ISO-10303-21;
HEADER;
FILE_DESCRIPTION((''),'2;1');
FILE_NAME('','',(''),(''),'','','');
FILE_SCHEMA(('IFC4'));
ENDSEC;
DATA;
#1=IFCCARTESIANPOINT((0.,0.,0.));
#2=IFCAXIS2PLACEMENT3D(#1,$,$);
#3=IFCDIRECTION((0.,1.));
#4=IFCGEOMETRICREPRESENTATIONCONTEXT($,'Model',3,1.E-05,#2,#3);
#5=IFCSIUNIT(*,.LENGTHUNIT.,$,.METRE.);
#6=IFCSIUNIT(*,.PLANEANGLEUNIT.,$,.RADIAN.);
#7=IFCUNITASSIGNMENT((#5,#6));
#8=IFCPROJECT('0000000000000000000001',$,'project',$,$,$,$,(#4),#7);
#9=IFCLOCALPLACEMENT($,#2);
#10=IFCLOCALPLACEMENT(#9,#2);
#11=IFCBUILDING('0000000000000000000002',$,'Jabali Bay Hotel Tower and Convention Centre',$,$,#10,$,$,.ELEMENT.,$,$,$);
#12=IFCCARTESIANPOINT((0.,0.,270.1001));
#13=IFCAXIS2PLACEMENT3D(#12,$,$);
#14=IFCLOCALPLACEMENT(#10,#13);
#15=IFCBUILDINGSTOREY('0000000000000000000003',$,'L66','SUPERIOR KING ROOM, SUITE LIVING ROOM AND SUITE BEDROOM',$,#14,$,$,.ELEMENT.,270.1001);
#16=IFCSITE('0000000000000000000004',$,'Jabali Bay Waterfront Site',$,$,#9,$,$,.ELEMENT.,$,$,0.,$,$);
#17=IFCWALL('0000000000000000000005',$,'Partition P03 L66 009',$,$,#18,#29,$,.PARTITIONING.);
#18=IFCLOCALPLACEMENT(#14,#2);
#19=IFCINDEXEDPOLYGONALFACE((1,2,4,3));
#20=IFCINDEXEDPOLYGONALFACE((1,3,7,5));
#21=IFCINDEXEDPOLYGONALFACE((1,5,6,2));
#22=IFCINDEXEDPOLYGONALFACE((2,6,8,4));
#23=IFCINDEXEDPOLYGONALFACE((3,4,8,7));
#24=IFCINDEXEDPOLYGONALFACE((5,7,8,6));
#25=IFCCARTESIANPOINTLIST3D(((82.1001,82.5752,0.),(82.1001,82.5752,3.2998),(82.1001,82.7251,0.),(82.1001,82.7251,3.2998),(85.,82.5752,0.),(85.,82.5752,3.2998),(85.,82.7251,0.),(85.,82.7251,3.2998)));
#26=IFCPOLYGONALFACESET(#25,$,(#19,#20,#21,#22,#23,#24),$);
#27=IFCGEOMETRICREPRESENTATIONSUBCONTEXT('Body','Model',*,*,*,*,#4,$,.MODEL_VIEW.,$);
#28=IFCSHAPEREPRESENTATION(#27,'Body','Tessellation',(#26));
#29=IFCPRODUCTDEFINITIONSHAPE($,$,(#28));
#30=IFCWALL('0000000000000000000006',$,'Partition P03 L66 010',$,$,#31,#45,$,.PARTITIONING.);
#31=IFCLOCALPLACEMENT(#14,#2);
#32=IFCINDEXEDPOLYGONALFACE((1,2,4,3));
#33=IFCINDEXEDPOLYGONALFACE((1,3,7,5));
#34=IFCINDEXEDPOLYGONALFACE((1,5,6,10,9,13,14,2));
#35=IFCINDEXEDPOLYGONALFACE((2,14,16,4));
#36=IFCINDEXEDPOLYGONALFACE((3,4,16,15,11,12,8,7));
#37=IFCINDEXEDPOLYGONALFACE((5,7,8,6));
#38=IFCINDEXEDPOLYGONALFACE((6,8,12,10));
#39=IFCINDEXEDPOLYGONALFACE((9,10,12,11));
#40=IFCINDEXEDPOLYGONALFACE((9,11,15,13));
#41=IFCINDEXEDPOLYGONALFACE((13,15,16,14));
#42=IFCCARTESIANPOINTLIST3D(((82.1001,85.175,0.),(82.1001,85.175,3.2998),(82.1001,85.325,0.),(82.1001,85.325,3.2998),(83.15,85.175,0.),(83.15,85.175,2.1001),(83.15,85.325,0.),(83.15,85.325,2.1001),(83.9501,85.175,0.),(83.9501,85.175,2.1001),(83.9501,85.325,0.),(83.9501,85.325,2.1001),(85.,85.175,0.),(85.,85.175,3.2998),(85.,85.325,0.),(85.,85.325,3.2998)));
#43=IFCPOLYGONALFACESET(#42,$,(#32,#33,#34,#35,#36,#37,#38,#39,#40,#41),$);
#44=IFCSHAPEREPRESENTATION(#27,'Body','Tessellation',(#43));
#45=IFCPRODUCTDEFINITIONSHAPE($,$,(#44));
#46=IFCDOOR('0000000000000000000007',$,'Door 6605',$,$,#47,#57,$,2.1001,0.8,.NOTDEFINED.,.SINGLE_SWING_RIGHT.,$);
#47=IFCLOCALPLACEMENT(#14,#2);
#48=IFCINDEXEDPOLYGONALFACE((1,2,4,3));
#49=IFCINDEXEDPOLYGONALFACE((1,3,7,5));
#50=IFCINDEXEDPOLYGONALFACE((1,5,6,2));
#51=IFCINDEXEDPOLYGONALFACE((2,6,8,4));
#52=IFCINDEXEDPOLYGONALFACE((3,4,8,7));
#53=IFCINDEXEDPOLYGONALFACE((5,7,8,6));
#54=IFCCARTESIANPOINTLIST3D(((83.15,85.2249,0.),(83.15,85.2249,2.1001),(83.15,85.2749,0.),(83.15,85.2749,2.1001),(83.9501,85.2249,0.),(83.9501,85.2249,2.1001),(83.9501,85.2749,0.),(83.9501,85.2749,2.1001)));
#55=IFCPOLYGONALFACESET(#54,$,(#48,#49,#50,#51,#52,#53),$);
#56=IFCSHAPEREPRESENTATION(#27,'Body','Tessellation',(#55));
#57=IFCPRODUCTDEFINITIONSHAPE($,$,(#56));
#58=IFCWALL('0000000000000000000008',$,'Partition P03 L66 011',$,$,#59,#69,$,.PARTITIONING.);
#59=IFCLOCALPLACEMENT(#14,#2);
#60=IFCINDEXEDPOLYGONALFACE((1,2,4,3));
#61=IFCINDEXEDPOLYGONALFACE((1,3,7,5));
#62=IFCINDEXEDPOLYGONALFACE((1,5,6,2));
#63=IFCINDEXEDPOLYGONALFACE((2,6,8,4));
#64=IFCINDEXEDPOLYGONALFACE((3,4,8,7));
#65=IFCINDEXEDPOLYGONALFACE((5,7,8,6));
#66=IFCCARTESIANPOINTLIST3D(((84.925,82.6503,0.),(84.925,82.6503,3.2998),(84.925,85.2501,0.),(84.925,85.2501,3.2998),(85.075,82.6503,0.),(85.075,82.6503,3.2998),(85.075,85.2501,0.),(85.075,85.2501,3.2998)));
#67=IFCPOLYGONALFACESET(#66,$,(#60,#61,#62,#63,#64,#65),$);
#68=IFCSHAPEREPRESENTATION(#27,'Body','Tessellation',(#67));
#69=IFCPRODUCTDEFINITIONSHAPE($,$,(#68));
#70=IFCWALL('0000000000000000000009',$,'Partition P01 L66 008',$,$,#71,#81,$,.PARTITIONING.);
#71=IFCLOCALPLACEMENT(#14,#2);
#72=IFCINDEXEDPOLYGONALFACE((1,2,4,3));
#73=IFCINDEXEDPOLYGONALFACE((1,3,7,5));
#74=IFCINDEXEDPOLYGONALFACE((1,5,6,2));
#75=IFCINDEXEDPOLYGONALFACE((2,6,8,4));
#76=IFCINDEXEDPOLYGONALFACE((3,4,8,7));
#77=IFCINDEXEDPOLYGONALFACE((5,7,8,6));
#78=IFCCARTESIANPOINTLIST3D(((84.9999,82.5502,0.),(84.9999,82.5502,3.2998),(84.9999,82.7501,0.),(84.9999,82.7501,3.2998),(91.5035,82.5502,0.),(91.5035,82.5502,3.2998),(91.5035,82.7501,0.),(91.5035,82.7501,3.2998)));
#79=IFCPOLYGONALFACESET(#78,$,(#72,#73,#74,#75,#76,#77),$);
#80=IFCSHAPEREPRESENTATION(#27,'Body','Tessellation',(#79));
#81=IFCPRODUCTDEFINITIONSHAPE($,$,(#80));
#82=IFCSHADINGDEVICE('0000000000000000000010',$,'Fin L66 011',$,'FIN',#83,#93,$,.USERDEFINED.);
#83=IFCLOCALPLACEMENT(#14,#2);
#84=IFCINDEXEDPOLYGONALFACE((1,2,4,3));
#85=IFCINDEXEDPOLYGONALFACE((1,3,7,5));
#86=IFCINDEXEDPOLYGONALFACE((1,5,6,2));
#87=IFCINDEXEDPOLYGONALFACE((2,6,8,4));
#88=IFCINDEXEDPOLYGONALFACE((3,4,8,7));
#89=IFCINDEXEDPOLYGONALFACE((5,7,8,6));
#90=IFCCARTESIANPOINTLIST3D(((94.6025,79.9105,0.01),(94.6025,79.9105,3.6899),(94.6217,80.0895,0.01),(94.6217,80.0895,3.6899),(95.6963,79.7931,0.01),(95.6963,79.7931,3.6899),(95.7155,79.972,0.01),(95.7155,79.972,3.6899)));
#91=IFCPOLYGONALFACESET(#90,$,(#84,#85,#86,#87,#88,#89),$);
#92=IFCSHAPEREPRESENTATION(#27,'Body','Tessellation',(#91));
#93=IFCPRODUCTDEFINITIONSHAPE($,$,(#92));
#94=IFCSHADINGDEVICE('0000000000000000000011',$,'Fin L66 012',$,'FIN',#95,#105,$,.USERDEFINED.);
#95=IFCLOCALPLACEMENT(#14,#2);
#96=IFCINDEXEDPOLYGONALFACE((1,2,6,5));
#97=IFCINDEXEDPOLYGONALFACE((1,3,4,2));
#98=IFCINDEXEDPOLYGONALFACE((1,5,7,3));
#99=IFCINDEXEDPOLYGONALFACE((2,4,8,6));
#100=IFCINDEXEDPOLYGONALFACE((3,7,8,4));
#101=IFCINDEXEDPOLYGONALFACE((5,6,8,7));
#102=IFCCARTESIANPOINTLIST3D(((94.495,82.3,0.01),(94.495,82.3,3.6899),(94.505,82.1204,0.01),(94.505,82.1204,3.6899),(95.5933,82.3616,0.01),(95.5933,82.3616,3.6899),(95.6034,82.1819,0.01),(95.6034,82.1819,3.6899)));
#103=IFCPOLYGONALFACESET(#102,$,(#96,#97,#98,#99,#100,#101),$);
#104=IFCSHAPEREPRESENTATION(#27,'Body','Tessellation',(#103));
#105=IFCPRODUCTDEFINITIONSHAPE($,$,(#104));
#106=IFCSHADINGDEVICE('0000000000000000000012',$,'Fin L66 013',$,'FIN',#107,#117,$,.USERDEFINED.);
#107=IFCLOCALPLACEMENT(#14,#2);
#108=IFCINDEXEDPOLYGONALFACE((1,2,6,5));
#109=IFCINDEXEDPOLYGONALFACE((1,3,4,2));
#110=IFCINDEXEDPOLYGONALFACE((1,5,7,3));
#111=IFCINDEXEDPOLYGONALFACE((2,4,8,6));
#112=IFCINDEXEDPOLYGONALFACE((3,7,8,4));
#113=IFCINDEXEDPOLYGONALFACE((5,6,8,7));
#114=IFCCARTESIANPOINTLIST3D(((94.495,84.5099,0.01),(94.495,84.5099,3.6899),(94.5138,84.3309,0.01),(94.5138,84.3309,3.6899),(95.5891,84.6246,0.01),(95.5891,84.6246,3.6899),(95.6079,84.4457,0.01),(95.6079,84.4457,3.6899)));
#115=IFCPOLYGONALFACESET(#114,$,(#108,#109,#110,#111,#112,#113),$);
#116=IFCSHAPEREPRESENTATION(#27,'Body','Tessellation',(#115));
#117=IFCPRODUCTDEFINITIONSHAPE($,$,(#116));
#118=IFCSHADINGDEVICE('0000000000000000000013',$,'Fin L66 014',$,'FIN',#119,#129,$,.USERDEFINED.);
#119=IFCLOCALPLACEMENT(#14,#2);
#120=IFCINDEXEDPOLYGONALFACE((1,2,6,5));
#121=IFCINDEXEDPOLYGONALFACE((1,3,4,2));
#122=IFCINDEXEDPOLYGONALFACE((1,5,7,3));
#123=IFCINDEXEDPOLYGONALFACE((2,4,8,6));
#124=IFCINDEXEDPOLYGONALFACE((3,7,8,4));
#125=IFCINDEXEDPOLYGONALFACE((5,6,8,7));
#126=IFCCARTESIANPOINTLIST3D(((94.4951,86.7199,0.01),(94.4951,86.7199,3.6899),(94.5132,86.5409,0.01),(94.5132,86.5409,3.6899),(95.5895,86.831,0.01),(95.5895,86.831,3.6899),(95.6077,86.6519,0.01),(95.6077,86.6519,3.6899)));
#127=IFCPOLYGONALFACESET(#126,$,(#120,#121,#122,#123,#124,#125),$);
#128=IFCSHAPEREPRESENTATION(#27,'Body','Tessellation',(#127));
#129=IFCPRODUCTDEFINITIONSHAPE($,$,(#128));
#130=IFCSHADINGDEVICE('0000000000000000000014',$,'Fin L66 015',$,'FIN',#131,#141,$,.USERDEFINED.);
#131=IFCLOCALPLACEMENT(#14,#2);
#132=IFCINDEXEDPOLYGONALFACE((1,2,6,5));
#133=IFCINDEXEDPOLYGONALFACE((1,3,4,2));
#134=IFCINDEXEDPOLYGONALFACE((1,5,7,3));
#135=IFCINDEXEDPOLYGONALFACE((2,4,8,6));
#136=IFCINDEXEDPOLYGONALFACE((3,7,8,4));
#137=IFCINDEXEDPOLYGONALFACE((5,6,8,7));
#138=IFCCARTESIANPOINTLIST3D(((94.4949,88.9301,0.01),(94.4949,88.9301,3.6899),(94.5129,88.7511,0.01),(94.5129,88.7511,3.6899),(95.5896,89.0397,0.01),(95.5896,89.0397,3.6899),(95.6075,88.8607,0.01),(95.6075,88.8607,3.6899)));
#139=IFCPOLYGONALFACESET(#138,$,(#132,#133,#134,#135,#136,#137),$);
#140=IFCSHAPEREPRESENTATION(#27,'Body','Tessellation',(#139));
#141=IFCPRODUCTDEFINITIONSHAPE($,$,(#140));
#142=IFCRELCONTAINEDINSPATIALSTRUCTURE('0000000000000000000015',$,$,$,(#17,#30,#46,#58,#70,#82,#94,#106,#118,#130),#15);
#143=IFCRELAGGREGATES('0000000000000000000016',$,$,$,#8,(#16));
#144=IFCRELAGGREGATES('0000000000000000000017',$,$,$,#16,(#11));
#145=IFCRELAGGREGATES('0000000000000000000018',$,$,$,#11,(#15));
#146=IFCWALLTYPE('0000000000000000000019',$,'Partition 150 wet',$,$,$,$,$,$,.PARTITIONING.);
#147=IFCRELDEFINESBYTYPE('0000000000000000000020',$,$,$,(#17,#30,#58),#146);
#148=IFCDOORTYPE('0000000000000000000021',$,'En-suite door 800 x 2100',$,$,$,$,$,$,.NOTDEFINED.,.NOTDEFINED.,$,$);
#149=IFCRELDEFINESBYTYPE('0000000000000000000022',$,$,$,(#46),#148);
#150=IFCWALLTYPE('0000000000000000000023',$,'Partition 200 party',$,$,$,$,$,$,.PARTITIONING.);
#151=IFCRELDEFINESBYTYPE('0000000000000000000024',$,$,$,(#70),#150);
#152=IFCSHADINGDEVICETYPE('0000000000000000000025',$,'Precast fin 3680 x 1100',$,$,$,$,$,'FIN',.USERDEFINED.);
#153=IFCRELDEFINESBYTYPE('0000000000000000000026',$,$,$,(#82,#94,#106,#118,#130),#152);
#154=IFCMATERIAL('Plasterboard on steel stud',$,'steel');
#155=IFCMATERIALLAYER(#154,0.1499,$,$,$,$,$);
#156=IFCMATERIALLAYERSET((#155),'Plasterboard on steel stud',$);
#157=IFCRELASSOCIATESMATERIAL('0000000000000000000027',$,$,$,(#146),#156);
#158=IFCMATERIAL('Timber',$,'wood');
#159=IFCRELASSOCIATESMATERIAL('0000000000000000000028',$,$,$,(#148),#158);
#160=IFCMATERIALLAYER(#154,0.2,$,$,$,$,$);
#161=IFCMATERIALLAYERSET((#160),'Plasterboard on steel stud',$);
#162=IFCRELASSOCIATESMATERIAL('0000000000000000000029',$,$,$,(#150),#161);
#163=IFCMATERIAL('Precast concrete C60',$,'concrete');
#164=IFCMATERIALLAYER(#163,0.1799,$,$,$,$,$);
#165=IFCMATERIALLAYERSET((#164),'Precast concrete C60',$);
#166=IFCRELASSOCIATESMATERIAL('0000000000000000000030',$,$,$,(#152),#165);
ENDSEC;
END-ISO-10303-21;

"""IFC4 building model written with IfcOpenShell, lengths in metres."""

from ifc_helpers import new_model, si_unit, direction, frame, frame_2d, origin, place, context, subcontext, project, spatial, rectangle, extrude, material, layer, layer_set, type_object, element, fill, save


model = new_model("IFC4")

# Units and contexts
model_context = context("Model", 3, precision=1e-05, world=origin(), true_north=direction((0.0, 1.0)))
body_context = subcontext(model_context, "Body", "Model", "MODEL_VIEW")
ifc_project = project(units=[si_unit("LENGTHUNIT", "METRE"), si_unit("PLANEANGLEUNIT", "RADIAN")], contexts=[model_context])

# Site, building, storey
site_placement = place(None, origin())
site = spatial("IfcSite", under=ifc_project, at=site_placement, Name="Jabali Bay Waterfront Site", CompositionType="ELEMENT", RefElevation=0.0)
building_placement = place(site_placement, origin())
building = spatial("IfcBuilding", under=site, at=building_placement, Name="Jabali Bay Hotel Tower and Convention Centre", CompositionType="ELEMENT")
storey_placement = place(building_placement, frame((0.0, 0.0, 270.1001)))
storey = spatial("IfcBuildingStorey", under=building, at=storey_placement, Name="L66", Description="SUPERIOR KING ROOM, SUITE LIVING ROOM AND SUITE BEDROOM", CompositionType="ELEMENT", Elevation=270.1001)

# Shared definitions
ifc_material_1 = material(Name="Plasterboard on steel stud", Category="steel")
ifc_layer_1 = layer(ifc_material_1, 0.1499)
ifc_layer_set_1 = layer_set([ifc_layer_1], Name="Plasterboard on steel stud")
wall_type_1 = type_object("IfcWallType", Name="Partition 150 wet", PredefinedType="PARTITIONING", material=ifc_layer_set_1)
ifc_material_2 = material(Name="Timber", Category="wood")

# Wall
wall_1_placement = place(storey_placement, frame((85.0, 82.6501, 0.0), z_axis=(0.0, 0.0, 1.0), x_axis=(-1.0, 0.0, 0.0)))
element("IfcWall", 1, at=wall_1_placement, inside=storey, type_object=wall_type_1, Name="Partition P03 L66 009", PredefinedType="PARTITIONING", context=body_context, shape_type="SweptSolid", body=[
    extrude(rectangle(XDim=2.8999, YDim=0.1499, at=frame_2d((1.45, 0.0))), origin(), (0.0, 0.0, 1.0), 3.2998),
])

# Wall, opening, door
wall_2_placement = place(storey_placement, frame((82.1001, 85.25, 0.0), z_axis=(0.0, 0.0, 1.0), x_axis=(1.0, 0.0, 0.0)))
wall_2 = element("IfcWall", 2, at=wall_2_placement, inside=storey, type_object=wall_type_1, Name="Partition P03 L66 010", PredefinedType="PARTITIONING", context=body_context, shape_type="SweptSolid", body=[
    extrude(rectangle(XDim=2.8999, YDim=0.1499, at=frame_2d((1.45, 0.0))), origin(), (0.0, 0.0, 1.0), 3.2998),
])
opening_1_placement = place(wall_2_placement, frame((1.05, 0.0, 0.0)))
opening_1 = element("IfcOpeningElement", 3, at=opening_1_placement, cuts=wall_2, PredefinedType="OPENING", context=body_context, shape_type="SweptSolid", body=[
    extrude(rectangle(XDim=0.8, YDim=2.1001, at=frame_2d((0.3999, 1.05))), frame((0.0, 0.0854, 0.0), z_axis=(0.0, -1.0, 0.0), x_axis=(1.0, 0.0, 0.0)), (0.0, 0.0, 1.0), 0.1709),
])
door_type_1 = type_object("IfcDoorType", Name="En-suite door 800 x 2100", OperationType="NOTDEFINED", PredefinedType="NOTDEFINED", material=ifc_material_2)
door_1_placement = place(opening_1_placement, origin())
door_1 = element("IfcDoor", 4, at=door_1_placement, inside=storey, type_object=door_type_1, Name="Door 6605", OperationType="SINGLE_SWING_RIGHT", OverallHeight=2.1001, OverallWidth=0.8, PredefinedType="NOTDEFINED", context=body_context, shape_type="SweptSolid", body=[
    extrude(rectangle(XDim=0.8, YDim=2.1001, at=frame_2d((0.3999, 1.05))), frame((0.0, 0.0249, 0.0), z_axis=(0.0, -1.0, 0.0), x_axis=(1.0, 0.0, 0.0)), (0.0, 0.0, 1.0), 0.05),
])
fill(opening_1, door_1)

# Walls
wall_3_placement = place(storey_placement, frame((85.0, 85.25, 0.0), z_axis=(0.0, 0.0, 1.0), x_axis=(0.0, -1.0, 0.0)))
element("IfcWall", 5, at=wall_3_placement, inside=storey, type_object=wall_type_1, Name="Partition P03 L66 011", PredefinedType="PARTITIONING", context=body_context, shape_type="SweptSolid", body=[
    extrude(rectangle(XDim=2.5999, YDim=0.1499, at=frame_2d((1.2998, 0.0))), origin(), (0.0, 0.0, 1.0), 3.2998),
])
ifc_layer_2 = layer(ifc_material_1, 0.2)
ifc_layer_set_2 = layer_set([ifc_layer_2], Name="Plasterboard on steel stud")
wall_type_2 = type_object("IfcWallType", Name="Partition 200 party", PredefinedType="PARTITIONING", material=ifc_layer_set_2)
wall_4_placement = place(storey_placement, frame((91.5037, 82.6501, 0.0), z_axis=(0.0, 0.0, 1.0), x_axis=(-1.0, 0.0, 0.0)))
element("IfcWall", 6, at=wall_4_placement, inside=storey, type_object=wall_type_2, Name="Partition P01 L66 008", PredefinedType="PARTITIONING", context=body_context, shape_type="SweptSolid", body=[
    extrude(rectangle(XDim=6.5037, YDim=0.2, at=frame_2d((3.252, 0.0))), origin(), (0.0, 0.0, 1.0), 3.2998),
])

# Shading devices
ifc_material_3 = material(Name="Precast concrete C60", Category="concrete")
ifc_layer_3 = layer(ifc_material_3, 0.1799)
ifc_layer_set_3 = layer_set([ifc_layer_3], Name="Precast concrete C60")
shading_device_type = type_object("IfcShadingDeviceType", Name="Precast fin 3680 x 1100", ElementType="FIN", PredefinedType="USERDEFINED", material=ifc_layer_set_3)
for number, where, z_axis, x_axis, name in (
    (7, (94.6121, 80.0, 0.01), (0.0, 0.0, 1.0), (0.994286, -0.106753, 0.0), "Fin L66 011"),
    (8, (94.5, 82.2102, 0.01), (0.0, 0.0, 1.0), (0.998435, 0.055925, 0.0), "Fin L66 012"),
    (9, (94.5044, 84.4204, 0.01), (0.0, 0.0, 1.0), (0.994544, 0.104315, 0.0), "Fin L66 013"),
    (10, (94.5042, 86.6304, 0.01), (0.0, 0.0, 1.0), (0.994889, 0.100976, 0.0), "Fin L66 014"),
    (11, (94.5039, 88.8406, 0.01), (0.0, 0.0, 1.0), (0.995024, 0.099636, 0.0), "Fin L66 015"),
):
    element("IfcShadingDevice", number, at=place(storey_placement, frame(where, z_axis=z_axis, x_axis=x_axis)), inside=storey, type_object=shading_device_type, Name=name, ObjectType="FIN", PredefinedType="USERDEFINED", context=body_context, shape_type="SweptSolid", body=[
        extrude(rectangle(XDim=1.1001, YDim=0.1799, at=frame_2d((0.55, 0.0))), origin(), (0.0, 0.0, 1.0), 3.6799),
    ])

save(model, "model.ifc")
